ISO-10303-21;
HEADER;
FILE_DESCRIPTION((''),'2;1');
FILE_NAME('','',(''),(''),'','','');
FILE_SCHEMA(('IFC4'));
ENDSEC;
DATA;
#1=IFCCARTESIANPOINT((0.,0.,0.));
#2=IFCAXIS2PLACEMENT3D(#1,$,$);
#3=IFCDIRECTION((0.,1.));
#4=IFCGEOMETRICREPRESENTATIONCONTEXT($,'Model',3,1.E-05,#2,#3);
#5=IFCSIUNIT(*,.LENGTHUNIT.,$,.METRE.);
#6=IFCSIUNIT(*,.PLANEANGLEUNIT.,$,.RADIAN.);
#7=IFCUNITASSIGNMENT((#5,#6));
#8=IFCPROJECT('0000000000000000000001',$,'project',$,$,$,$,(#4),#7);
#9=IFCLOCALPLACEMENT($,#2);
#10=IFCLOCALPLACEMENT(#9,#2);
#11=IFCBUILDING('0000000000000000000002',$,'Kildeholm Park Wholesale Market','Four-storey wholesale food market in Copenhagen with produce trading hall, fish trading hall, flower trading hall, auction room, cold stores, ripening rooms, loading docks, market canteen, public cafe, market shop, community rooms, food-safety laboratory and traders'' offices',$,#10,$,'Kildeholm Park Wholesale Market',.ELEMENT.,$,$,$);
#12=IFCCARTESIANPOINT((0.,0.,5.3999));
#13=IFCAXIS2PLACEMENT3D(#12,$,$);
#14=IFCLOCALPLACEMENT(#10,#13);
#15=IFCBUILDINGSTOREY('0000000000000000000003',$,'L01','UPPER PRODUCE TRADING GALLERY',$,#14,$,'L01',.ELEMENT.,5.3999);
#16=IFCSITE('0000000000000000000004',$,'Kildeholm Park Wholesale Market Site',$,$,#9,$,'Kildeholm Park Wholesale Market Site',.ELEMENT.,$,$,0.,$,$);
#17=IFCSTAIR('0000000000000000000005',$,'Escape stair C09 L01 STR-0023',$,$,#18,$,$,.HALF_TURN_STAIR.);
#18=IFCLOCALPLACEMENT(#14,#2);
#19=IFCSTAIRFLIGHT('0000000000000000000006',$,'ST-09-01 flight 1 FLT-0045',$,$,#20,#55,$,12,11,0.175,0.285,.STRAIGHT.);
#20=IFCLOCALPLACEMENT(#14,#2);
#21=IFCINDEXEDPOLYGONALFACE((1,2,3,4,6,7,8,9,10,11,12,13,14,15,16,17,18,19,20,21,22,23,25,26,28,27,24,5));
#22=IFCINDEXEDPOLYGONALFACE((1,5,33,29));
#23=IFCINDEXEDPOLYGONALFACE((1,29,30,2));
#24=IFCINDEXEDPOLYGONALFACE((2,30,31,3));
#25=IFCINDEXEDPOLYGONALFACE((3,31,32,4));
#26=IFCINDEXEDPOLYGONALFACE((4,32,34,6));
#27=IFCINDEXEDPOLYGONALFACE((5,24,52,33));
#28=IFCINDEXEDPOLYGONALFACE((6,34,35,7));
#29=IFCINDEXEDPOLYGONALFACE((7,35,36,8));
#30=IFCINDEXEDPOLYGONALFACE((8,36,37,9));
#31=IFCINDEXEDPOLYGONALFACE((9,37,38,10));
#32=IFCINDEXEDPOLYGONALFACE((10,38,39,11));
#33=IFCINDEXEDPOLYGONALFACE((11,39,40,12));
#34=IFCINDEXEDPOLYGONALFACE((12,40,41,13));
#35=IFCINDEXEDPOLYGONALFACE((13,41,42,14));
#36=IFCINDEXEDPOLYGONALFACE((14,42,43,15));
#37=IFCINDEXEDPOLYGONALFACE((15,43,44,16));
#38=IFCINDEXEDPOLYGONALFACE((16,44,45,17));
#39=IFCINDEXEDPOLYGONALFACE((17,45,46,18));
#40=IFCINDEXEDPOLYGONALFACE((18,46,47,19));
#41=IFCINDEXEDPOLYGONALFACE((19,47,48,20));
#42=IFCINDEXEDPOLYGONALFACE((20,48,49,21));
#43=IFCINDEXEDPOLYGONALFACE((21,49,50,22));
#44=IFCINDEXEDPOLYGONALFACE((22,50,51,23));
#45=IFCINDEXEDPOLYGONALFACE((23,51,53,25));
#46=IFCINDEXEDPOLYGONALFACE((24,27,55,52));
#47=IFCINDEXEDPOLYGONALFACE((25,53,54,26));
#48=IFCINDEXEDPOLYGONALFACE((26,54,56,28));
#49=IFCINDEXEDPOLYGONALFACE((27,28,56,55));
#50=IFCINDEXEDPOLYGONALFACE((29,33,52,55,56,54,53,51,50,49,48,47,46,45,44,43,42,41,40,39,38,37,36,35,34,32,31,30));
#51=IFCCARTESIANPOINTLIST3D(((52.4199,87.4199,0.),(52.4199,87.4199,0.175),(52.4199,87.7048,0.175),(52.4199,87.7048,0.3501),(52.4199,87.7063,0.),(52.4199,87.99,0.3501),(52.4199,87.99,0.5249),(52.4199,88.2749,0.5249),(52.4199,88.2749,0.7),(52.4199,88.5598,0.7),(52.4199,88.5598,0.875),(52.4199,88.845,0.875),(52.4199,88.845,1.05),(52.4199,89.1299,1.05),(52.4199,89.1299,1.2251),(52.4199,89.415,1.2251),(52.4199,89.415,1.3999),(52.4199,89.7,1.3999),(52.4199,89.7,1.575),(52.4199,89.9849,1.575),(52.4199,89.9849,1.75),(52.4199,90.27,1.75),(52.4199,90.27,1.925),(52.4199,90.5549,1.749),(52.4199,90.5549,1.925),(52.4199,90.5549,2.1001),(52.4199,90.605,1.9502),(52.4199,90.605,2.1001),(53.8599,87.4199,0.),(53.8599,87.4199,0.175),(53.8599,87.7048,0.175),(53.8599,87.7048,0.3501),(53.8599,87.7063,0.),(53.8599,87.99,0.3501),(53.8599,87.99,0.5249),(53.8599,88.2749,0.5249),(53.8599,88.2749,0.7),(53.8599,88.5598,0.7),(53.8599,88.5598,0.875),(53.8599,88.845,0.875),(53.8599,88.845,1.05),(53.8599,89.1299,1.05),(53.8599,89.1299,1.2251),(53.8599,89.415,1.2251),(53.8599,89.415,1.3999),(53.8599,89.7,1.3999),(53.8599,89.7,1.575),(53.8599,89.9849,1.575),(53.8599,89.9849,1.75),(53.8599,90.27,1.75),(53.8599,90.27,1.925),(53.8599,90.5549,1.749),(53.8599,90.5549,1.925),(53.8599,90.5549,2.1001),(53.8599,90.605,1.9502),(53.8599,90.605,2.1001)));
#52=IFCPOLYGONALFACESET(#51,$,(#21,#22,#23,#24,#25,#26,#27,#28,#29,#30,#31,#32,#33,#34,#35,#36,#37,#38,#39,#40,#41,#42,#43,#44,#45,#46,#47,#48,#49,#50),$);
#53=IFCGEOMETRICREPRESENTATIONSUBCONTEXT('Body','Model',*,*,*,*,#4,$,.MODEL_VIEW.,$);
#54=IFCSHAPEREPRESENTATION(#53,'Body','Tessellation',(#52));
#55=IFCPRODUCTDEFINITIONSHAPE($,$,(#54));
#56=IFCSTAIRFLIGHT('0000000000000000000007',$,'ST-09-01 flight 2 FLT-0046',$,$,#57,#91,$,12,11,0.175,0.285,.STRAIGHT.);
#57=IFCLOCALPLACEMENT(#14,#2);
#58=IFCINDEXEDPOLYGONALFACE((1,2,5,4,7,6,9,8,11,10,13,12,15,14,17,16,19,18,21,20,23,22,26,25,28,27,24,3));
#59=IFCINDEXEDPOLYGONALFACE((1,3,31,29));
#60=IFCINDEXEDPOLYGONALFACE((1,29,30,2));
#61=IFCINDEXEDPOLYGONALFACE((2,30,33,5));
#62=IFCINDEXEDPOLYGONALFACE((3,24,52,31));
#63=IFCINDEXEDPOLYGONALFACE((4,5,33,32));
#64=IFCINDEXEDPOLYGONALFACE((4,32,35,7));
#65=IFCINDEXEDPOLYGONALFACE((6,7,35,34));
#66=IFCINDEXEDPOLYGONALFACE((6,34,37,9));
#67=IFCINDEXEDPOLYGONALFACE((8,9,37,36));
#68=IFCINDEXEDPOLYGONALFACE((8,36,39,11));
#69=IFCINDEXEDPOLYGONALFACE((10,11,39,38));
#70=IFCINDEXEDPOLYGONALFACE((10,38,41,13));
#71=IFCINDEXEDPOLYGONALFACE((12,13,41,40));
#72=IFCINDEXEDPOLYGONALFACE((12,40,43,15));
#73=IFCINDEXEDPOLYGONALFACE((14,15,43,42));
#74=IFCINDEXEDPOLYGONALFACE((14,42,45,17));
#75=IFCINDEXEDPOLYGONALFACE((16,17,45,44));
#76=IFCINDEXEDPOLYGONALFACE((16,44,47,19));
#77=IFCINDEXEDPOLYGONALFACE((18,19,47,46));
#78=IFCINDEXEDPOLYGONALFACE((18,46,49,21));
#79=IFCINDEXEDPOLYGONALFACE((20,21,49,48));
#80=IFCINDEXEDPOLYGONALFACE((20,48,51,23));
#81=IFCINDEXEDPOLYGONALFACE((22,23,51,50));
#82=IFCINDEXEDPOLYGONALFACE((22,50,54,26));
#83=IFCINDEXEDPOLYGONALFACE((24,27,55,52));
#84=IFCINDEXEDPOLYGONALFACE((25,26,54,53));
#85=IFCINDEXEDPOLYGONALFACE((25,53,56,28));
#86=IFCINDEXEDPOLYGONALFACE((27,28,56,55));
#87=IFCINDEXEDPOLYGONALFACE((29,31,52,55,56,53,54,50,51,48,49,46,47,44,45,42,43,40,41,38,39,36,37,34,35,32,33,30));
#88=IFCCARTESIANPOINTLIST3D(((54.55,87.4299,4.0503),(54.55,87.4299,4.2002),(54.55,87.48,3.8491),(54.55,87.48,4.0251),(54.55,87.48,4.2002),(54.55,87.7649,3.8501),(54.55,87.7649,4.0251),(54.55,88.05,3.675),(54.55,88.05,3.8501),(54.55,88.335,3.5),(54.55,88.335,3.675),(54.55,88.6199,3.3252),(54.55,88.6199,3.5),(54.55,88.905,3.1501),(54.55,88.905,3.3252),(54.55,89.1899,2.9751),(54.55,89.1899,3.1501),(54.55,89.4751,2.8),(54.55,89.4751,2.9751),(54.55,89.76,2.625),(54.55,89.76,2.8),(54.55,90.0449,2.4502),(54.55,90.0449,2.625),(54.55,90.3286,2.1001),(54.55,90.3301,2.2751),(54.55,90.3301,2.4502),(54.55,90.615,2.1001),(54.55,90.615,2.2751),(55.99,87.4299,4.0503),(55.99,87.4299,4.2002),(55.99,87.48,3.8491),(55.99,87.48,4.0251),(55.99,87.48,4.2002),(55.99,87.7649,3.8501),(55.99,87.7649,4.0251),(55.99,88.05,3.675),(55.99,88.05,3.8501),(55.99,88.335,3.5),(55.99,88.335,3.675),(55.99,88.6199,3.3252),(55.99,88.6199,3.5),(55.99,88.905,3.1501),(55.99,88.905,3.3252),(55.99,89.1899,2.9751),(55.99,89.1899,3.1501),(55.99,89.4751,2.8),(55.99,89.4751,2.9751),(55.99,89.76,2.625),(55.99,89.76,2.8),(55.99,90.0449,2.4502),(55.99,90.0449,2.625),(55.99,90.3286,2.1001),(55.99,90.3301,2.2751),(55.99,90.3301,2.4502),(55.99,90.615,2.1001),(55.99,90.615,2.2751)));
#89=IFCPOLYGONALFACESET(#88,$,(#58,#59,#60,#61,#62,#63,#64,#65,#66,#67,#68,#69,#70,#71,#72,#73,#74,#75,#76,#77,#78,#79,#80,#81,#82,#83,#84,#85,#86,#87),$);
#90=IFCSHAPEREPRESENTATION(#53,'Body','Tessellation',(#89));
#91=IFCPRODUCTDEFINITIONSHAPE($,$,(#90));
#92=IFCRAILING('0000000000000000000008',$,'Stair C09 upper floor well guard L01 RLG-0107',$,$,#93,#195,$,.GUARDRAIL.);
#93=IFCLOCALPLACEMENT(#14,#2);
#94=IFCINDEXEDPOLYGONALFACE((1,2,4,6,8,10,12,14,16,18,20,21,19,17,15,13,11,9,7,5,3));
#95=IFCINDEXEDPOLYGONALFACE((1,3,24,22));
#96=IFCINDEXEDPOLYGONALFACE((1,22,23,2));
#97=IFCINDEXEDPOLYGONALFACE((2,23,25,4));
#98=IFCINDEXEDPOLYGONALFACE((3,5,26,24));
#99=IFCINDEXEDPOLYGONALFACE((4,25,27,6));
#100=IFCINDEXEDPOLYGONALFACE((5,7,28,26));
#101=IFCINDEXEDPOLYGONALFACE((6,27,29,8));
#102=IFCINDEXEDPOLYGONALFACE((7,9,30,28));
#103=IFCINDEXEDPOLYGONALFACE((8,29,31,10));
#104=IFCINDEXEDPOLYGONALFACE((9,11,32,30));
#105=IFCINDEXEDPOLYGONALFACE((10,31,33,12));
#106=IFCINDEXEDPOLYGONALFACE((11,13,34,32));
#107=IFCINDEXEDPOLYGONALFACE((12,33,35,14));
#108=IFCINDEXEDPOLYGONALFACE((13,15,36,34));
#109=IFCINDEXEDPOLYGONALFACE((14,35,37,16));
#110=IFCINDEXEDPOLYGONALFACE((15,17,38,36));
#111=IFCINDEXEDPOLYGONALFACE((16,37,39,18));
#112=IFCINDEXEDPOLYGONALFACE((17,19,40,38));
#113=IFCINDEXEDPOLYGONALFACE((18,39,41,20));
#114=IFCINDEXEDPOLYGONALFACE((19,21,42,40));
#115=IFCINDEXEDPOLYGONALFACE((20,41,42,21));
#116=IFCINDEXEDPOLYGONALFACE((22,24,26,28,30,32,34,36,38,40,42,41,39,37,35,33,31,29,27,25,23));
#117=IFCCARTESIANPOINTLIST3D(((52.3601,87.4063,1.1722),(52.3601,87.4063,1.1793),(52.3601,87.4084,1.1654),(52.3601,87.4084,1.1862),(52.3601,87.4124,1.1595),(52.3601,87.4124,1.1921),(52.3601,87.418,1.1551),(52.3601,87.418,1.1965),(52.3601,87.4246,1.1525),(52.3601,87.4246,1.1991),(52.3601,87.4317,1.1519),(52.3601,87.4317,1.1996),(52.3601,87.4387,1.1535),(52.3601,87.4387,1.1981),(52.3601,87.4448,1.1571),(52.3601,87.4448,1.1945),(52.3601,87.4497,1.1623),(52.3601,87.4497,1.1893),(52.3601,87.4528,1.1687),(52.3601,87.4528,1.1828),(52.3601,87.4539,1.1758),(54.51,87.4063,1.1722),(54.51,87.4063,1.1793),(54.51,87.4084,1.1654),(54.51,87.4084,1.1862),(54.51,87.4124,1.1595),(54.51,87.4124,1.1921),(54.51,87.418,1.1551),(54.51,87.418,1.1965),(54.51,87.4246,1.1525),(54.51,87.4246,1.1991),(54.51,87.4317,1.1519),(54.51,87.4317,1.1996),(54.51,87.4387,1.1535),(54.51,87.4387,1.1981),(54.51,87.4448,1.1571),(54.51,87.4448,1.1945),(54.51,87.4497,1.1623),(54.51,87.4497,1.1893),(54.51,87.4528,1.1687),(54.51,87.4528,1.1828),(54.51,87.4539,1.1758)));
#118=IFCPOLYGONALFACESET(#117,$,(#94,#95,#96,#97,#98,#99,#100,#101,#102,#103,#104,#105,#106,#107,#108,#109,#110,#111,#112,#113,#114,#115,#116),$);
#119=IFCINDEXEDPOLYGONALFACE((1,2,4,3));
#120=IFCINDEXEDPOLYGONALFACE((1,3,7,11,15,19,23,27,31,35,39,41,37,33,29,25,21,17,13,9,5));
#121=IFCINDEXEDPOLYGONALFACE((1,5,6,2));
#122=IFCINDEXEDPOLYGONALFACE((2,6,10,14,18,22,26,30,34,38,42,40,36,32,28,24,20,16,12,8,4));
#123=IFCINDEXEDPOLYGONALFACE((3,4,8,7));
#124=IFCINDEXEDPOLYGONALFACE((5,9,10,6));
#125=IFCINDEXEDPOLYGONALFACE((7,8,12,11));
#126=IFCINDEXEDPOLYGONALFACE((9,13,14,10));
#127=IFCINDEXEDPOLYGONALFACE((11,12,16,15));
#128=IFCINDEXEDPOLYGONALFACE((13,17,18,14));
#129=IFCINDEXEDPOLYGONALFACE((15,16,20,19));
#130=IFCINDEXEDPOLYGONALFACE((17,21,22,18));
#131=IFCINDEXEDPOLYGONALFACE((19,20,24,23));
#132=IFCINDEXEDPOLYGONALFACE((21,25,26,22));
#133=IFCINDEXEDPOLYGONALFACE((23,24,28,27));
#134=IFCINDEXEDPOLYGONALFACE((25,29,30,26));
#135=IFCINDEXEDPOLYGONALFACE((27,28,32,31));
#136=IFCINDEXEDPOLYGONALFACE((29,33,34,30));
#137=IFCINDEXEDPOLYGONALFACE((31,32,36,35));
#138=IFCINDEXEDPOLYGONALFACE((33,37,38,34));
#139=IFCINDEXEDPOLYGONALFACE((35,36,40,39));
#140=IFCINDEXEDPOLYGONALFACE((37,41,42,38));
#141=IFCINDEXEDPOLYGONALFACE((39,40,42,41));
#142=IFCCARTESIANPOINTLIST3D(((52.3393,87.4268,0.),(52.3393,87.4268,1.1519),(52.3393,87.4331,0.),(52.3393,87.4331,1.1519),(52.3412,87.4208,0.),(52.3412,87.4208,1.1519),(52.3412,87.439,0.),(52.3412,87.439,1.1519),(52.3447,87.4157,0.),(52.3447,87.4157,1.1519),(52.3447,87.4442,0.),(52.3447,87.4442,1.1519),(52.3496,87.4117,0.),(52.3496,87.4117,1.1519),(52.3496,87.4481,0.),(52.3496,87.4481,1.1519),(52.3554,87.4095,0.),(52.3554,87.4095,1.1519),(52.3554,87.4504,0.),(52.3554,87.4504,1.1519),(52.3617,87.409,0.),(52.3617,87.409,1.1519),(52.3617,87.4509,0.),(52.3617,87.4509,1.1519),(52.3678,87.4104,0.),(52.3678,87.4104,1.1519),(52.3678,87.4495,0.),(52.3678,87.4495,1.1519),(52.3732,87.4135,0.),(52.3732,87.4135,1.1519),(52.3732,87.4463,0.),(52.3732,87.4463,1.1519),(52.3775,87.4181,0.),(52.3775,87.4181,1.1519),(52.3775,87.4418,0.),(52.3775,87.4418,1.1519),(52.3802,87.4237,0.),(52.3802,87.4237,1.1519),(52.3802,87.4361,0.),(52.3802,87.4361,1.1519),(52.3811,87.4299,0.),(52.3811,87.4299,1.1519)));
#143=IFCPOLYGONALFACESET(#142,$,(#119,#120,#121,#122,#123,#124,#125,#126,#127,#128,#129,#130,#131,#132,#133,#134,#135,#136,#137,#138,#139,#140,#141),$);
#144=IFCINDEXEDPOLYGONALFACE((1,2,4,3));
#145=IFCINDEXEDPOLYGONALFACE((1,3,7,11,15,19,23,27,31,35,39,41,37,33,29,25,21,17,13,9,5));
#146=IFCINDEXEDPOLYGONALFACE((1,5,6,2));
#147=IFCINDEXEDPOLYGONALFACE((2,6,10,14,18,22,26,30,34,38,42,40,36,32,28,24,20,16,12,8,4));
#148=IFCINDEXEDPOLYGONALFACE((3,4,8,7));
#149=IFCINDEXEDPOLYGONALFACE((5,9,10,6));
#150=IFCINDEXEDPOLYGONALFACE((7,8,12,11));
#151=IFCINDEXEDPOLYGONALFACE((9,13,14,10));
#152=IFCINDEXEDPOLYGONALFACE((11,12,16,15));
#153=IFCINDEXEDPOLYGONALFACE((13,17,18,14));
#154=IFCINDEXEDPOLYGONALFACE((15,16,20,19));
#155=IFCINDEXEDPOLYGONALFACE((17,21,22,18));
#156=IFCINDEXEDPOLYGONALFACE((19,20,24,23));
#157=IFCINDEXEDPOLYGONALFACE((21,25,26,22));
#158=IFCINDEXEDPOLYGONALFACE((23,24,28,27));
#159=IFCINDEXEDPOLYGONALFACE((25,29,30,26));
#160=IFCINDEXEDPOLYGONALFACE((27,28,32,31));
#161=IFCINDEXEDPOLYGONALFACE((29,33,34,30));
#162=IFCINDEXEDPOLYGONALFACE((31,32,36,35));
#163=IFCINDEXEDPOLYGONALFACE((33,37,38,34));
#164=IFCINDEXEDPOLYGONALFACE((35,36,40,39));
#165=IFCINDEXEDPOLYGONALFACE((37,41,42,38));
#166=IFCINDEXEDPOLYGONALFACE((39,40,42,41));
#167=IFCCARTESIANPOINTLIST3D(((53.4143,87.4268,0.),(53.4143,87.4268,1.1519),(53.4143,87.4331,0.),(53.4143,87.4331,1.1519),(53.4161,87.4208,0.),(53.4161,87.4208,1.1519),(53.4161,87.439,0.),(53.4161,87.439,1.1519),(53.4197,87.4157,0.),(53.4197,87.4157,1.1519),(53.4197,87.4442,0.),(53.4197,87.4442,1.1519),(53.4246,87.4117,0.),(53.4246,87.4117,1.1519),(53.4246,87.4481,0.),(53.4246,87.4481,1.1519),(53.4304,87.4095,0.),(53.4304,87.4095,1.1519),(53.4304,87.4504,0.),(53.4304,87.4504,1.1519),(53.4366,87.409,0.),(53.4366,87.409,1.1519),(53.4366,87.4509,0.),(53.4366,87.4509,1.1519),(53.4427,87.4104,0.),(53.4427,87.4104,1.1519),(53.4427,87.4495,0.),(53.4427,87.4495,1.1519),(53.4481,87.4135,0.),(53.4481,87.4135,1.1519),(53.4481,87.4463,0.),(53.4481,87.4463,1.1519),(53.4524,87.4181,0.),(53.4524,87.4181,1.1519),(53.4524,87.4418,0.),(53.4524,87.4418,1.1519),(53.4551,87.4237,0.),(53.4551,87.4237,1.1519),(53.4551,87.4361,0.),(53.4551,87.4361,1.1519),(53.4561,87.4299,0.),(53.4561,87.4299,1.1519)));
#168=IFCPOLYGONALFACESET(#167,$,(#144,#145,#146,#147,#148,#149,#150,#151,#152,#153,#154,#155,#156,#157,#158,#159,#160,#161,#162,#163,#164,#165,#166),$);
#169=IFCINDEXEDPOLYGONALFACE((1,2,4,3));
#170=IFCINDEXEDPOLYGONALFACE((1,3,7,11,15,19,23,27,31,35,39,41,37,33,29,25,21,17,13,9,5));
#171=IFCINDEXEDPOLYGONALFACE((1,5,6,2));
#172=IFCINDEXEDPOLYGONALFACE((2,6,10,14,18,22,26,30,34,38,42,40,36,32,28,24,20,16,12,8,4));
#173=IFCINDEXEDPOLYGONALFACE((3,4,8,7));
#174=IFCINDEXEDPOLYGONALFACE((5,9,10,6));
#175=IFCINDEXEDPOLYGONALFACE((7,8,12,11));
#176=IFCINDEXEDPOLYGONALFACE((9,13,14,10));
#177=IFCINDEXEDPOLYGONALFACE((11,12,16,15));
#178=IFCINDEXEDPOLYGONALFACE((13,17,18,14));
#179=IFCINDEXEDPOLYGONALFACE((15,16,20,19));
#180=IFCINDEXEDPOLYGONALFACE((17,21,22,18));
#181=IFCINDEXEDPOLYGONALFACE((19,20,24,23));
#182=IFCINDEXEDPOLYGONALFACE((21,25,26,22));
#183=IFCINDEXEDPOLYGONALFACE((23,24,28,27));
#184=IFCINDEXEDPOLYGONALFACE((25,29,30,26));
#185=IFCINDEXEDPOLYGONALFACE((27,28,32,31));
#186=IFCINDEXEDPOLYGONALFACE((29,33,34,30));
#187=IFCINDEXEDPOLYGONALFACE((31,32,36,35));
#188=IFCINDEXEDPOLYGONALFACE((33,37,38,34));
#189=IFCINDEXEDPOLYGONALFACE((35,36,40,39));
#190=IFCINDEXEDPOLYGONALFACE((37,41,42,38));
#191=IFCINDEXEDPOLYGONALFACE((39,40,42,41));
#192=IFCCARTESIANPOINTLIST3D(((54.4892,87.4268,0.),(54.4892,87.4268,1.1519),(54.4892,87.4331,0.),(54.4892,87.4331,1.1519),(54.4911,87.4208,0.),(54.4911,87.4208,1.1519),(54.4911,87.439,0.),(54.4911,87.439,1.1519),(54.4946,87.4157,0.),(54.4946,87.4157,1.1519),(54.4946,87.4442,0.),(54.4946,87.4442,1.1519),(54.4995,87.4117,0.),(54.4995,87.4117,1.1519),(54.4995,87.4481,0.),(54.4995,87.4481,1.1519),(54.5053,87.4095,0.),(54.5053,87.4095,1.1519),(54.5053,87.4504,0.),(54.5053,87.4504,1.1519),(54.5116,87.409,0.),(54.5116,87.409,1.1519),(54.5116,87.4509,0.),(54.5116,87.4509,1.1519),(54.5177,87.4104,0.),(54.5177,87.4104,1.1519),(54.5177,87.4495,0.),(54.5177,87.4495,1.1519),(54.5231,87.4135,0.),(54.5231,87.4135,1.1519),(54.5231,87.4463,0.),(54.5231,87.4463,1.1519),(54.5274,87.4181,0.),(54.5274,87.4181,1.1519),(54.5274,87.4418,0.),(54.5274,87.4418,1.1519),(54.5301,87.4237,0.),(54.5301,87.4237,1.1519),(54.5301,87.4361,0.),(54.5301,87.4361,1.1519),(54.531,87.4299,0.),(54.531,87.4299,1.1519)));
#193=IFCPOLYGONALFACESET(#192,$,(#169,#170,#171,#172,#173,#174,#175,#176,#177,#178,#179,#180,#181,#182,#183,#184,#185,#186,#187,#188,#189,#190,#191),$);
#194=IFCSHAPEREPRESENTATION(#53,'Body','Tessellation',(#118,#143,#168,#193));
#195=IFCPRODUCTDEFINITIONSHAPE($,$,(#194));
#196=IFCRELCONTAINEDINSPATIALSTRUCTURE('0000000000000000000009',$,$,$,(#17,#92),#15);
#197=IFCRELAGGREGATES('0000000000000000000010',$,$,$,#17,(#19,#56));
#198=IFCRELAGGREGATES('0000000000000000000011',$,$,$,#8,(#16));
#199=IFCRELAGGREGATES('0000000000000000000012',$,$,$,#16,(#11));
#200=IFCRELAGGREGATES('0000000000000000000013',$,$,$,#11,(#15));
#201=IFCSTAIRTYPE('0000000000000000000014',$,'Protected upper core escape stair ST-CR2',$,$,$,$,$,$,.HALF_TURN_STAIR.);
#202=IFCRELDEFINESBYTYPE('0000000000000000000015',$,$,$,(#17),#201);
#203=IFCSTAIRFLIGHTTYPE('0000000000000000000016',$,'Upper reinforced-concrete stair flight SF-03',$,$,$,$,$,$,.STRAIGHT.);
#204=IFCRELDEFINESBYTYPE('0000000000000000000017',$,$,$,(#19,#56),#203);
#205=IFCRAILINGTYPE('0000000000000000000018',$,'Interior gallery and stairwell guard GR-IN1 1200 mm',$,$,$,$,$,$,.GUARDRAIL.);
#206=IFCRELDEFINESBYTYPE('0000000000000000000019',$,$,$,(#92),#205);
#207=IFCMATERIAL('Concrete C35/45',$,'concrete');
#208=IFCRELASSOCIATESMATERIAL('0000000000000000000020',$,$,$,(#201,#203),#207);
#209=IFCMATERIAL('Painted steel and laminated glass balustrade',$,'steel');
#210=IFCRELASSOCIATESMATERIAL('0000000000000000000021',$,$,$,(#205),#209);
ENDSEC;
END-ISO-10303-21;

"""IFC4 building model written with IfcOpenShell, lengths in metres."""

from ifc_helpers import new_model, si_unit, direction, frame, origin, origin_2d, place, context, subcontext, project, spatial, polyline, circle, outline, extrude, material, type_object, element, aggregate, save


model = new_model("IFC4")

# Units and contexts
model_context = context("Model", 3, precision=1e-05, world=origin(), true_north=direction((0.0, 1.0)))
body_context = subcontext(model_context, "Body", "Model", "MODEL_VIEW")
ifc_project = project(units=[si_unit("LENGTHUNIT", "METRE"), si_unit("PLANEANGLEUNIT", "RADIAN")], contexts=[model_context])

# Site, building, storey
site_placement = place(None, origin())
site = spatial("IfcSite", under=ifc_project, at=site_placement, Name="Kildeholm Park Wholesale Market Site", LongName="Kildeholm Park Wholesale Market Site", CompositionType="ELEMENT", RefElevation=0.0)
building_placement = place(site_placement, origin())
building = spatial("IfcBuilding", under=site, at=building_placement, Name="Kildeholm Park Wholesale Market", Description="Four-storey wholesale food market in Copenhagen with produce trading hall, fish trading hall, flower trading hall, auction room, cold stores, ripening rooms, loading docks, market canteen, public cafe, market shop, community rooms, food-safety laboratory and traders' offices", LongName="Kildeholm Park Wholesale Market", CompositionType="ELEMENT")
storey_placement = place(building_placement, frame((0.0, 0.0, 5.3999)))
storey = spatial("IfcBuildingStorey", under=building, at=storey_placement, Name="L01", Description="UPPER PRODUCE TRADING GALLERY", LongName="L01", CompositionType="ELEMENT", Elevation=5.3999)

# Stair, stair flights
ifc_material_1 = material(Name="Concrete C35/45", Category="concrete")
stair_type = type_object("IfcStairType", Name="Protected upper core escape stair ST-CR2", PredefinedType="HALF_TURN_STAIR", material=ifc_material_1)
stair_placement = place(storey_placement, origin())
stair = element("IfcStair", 1, at=stair_placement, inside=storey, type_object=stair_type, Name="Escape stair C09 L01 STR-0023", PredefinedType="HALF_TURN_STAIR")
stair_flight_type = type_object("IfcStairFlightType", Name="Upper reinforced-concrete stair flight SF-03", PredefinedType="STRAIGHT", material=ifc_material_1)
stair_flight_1_placement = place(storey_placement, frame((53.1399, 87.4199, 0.0), z_axis=(0.0, 0.0, 1.0), x_axis=(0.0, 1.0, 0.0)))
stair_flight_1 = element("IfcStairFlight", 2, at=stair_flight_1_placement, type_object=stair_flight_type, Name="ST-09-01 flight 1 FLT-0045", NumberOfRisers=12, NumberOfTreads=11, PredefinedType="STRAIGHT", RiserHeight=0.175, TreadLength=0.285, context=body_context, shape_type="SweptSolid", body=[
    extrude(outline(polyline([(0.0, 0.0), (0.0, 0.175), (0.2849, 0.175), (0.2849, 0.3501), (0.5701, 0.3501), (0.5701, 0.5249), (0.855, 0.5249), (0.855, 0.7), (1.1399, 0.7), (1.1399, 0.875), (1.425, 0.875), (1.425, 1.05), (1.71, 1.05), (1.71, 1.2251), (1.9951, 1.2251), (1.9951, 1.3999), (2.28, 1.3999), (2.28, 1.575), (2.5649, 1.575), (2.5649, 1.75), (2.8501, 1.75), (2.8501, 1.925), (3.135, 1.925), (3.135, 2.1001), (3.1851, 2.1001), (3.1851, 1.9502), (3.135, 1.749), (0.2864, 0.0), (0.0, 0.0)])), frame((0.0, 0.72, 0.0), z_axis=(0.0, -1.0, 0.0), x_axis=(1.0, 0.0, 0.0)), (0.0, 0.0, 1.0), 1.4399),
])
stair_flight_2_placement = place(storey_placement, frame((55.27, 90.615, 2.1001), z_axis=(0.0, 0.0, 1.0), x_axis=(0.0, -1.0, 0.0)))
stair_flight_2 = element("IfcStairFlight", 3, at=stair_flight_2_placement, type_object=stair_flight_type, Name="ST-09-01 flight 2 FLT-0046", NumberOfRisers=12, NumberOfTreads=11, PredefinedType="STRAIGHT", RiserHeight=0.175, TreadLength=0.285, context=body_context, shape_type="SweptSolid", body=[
    extrude(outline(polyline([(0.0, 0.0), (0.0, 0.175), (0.2849, 0.175), (0.2849, 0.3501), (0.5701, 0.3501), (0.5701, 0.5249), (0.855, 0.5249), (0.855, 0.7), (1.1399, 0.7), (1.1399, 0.875), (1.425, 0.875), (1.425, 1.05), (1.71, 1.05), (1.71, 1.2251), (1.9951, 1.2251), (1.9951, 1.3999), (2.28, 1.3999), (2.28, 1.575), (2.5649, 1.575), (2.5649, 1.75), (2.8501, 1.75), (2.8501, 1.925), (3.135, 1.925), (3.135, 2.1001), (3.1851, 2.1001), (3.1851, 1.9502), (3.135, 1.749), (0.2864, 0.0), (0.0, 0.0)])), frame((0.0, 0.72, 0.0), z_axis=(0.0, -1.0, 0.0), x_axis=(1.0, 0.0, 0.0)), (0.0, 0.0, 1.0), 1.4399),
])
aggregate(stair, [stair_flight_1, stair_flight_2])

# Railing
ifc_material_2 = material(Name="Painted steel and laminated glass balustrade", Category="steel")
railing_type_1 = type_object("IfcRailingType", Name="Interior gallery and stairwell guard GR-IN1 1200 mm", PredefinedType="GUARDRAIL", material=ifc_material_2)
railing_1_placement = place(storey_placement, frame((52.3601, 87.4299, 0.0)))
element("IfcRailing", 4, at=railing_1_placement, inside=storey, type_object=railing_type_1, Name="Stair C09 upper floor well guard L01 RLG-0107", PredefinedType="GUARDRAIL", context=body_context, shape_type="SweptSolid", body=[
    extrude(circle(Radius=0.0239, at=origin_2d()), frame((0.0, 0.0, 1.1758), z_axis=(1.0, 0.0, 0.0), x_axis=(0.0, 1.0, 0.0)), (0.0, 0.0, 1.0), 2.1499),
    extrude(circle(Radius=0.021, at=origin_2d()), origin(), (0.0, 0.0, 1.0), 1.1519),
    extrude(circle(Radius=0.021, at=origin_2d()), frame((1.075, 0.0, 0.0)), (0.0, 0.0, 1.0), 1.1519),
    extrude(circle(Radius=0.021, at=origin_2d()), frame((2.1499, 0.0, 0.0)), (0.0, 0.0, 1.0), 1.1519),
])

save(model, "model.ifc")
